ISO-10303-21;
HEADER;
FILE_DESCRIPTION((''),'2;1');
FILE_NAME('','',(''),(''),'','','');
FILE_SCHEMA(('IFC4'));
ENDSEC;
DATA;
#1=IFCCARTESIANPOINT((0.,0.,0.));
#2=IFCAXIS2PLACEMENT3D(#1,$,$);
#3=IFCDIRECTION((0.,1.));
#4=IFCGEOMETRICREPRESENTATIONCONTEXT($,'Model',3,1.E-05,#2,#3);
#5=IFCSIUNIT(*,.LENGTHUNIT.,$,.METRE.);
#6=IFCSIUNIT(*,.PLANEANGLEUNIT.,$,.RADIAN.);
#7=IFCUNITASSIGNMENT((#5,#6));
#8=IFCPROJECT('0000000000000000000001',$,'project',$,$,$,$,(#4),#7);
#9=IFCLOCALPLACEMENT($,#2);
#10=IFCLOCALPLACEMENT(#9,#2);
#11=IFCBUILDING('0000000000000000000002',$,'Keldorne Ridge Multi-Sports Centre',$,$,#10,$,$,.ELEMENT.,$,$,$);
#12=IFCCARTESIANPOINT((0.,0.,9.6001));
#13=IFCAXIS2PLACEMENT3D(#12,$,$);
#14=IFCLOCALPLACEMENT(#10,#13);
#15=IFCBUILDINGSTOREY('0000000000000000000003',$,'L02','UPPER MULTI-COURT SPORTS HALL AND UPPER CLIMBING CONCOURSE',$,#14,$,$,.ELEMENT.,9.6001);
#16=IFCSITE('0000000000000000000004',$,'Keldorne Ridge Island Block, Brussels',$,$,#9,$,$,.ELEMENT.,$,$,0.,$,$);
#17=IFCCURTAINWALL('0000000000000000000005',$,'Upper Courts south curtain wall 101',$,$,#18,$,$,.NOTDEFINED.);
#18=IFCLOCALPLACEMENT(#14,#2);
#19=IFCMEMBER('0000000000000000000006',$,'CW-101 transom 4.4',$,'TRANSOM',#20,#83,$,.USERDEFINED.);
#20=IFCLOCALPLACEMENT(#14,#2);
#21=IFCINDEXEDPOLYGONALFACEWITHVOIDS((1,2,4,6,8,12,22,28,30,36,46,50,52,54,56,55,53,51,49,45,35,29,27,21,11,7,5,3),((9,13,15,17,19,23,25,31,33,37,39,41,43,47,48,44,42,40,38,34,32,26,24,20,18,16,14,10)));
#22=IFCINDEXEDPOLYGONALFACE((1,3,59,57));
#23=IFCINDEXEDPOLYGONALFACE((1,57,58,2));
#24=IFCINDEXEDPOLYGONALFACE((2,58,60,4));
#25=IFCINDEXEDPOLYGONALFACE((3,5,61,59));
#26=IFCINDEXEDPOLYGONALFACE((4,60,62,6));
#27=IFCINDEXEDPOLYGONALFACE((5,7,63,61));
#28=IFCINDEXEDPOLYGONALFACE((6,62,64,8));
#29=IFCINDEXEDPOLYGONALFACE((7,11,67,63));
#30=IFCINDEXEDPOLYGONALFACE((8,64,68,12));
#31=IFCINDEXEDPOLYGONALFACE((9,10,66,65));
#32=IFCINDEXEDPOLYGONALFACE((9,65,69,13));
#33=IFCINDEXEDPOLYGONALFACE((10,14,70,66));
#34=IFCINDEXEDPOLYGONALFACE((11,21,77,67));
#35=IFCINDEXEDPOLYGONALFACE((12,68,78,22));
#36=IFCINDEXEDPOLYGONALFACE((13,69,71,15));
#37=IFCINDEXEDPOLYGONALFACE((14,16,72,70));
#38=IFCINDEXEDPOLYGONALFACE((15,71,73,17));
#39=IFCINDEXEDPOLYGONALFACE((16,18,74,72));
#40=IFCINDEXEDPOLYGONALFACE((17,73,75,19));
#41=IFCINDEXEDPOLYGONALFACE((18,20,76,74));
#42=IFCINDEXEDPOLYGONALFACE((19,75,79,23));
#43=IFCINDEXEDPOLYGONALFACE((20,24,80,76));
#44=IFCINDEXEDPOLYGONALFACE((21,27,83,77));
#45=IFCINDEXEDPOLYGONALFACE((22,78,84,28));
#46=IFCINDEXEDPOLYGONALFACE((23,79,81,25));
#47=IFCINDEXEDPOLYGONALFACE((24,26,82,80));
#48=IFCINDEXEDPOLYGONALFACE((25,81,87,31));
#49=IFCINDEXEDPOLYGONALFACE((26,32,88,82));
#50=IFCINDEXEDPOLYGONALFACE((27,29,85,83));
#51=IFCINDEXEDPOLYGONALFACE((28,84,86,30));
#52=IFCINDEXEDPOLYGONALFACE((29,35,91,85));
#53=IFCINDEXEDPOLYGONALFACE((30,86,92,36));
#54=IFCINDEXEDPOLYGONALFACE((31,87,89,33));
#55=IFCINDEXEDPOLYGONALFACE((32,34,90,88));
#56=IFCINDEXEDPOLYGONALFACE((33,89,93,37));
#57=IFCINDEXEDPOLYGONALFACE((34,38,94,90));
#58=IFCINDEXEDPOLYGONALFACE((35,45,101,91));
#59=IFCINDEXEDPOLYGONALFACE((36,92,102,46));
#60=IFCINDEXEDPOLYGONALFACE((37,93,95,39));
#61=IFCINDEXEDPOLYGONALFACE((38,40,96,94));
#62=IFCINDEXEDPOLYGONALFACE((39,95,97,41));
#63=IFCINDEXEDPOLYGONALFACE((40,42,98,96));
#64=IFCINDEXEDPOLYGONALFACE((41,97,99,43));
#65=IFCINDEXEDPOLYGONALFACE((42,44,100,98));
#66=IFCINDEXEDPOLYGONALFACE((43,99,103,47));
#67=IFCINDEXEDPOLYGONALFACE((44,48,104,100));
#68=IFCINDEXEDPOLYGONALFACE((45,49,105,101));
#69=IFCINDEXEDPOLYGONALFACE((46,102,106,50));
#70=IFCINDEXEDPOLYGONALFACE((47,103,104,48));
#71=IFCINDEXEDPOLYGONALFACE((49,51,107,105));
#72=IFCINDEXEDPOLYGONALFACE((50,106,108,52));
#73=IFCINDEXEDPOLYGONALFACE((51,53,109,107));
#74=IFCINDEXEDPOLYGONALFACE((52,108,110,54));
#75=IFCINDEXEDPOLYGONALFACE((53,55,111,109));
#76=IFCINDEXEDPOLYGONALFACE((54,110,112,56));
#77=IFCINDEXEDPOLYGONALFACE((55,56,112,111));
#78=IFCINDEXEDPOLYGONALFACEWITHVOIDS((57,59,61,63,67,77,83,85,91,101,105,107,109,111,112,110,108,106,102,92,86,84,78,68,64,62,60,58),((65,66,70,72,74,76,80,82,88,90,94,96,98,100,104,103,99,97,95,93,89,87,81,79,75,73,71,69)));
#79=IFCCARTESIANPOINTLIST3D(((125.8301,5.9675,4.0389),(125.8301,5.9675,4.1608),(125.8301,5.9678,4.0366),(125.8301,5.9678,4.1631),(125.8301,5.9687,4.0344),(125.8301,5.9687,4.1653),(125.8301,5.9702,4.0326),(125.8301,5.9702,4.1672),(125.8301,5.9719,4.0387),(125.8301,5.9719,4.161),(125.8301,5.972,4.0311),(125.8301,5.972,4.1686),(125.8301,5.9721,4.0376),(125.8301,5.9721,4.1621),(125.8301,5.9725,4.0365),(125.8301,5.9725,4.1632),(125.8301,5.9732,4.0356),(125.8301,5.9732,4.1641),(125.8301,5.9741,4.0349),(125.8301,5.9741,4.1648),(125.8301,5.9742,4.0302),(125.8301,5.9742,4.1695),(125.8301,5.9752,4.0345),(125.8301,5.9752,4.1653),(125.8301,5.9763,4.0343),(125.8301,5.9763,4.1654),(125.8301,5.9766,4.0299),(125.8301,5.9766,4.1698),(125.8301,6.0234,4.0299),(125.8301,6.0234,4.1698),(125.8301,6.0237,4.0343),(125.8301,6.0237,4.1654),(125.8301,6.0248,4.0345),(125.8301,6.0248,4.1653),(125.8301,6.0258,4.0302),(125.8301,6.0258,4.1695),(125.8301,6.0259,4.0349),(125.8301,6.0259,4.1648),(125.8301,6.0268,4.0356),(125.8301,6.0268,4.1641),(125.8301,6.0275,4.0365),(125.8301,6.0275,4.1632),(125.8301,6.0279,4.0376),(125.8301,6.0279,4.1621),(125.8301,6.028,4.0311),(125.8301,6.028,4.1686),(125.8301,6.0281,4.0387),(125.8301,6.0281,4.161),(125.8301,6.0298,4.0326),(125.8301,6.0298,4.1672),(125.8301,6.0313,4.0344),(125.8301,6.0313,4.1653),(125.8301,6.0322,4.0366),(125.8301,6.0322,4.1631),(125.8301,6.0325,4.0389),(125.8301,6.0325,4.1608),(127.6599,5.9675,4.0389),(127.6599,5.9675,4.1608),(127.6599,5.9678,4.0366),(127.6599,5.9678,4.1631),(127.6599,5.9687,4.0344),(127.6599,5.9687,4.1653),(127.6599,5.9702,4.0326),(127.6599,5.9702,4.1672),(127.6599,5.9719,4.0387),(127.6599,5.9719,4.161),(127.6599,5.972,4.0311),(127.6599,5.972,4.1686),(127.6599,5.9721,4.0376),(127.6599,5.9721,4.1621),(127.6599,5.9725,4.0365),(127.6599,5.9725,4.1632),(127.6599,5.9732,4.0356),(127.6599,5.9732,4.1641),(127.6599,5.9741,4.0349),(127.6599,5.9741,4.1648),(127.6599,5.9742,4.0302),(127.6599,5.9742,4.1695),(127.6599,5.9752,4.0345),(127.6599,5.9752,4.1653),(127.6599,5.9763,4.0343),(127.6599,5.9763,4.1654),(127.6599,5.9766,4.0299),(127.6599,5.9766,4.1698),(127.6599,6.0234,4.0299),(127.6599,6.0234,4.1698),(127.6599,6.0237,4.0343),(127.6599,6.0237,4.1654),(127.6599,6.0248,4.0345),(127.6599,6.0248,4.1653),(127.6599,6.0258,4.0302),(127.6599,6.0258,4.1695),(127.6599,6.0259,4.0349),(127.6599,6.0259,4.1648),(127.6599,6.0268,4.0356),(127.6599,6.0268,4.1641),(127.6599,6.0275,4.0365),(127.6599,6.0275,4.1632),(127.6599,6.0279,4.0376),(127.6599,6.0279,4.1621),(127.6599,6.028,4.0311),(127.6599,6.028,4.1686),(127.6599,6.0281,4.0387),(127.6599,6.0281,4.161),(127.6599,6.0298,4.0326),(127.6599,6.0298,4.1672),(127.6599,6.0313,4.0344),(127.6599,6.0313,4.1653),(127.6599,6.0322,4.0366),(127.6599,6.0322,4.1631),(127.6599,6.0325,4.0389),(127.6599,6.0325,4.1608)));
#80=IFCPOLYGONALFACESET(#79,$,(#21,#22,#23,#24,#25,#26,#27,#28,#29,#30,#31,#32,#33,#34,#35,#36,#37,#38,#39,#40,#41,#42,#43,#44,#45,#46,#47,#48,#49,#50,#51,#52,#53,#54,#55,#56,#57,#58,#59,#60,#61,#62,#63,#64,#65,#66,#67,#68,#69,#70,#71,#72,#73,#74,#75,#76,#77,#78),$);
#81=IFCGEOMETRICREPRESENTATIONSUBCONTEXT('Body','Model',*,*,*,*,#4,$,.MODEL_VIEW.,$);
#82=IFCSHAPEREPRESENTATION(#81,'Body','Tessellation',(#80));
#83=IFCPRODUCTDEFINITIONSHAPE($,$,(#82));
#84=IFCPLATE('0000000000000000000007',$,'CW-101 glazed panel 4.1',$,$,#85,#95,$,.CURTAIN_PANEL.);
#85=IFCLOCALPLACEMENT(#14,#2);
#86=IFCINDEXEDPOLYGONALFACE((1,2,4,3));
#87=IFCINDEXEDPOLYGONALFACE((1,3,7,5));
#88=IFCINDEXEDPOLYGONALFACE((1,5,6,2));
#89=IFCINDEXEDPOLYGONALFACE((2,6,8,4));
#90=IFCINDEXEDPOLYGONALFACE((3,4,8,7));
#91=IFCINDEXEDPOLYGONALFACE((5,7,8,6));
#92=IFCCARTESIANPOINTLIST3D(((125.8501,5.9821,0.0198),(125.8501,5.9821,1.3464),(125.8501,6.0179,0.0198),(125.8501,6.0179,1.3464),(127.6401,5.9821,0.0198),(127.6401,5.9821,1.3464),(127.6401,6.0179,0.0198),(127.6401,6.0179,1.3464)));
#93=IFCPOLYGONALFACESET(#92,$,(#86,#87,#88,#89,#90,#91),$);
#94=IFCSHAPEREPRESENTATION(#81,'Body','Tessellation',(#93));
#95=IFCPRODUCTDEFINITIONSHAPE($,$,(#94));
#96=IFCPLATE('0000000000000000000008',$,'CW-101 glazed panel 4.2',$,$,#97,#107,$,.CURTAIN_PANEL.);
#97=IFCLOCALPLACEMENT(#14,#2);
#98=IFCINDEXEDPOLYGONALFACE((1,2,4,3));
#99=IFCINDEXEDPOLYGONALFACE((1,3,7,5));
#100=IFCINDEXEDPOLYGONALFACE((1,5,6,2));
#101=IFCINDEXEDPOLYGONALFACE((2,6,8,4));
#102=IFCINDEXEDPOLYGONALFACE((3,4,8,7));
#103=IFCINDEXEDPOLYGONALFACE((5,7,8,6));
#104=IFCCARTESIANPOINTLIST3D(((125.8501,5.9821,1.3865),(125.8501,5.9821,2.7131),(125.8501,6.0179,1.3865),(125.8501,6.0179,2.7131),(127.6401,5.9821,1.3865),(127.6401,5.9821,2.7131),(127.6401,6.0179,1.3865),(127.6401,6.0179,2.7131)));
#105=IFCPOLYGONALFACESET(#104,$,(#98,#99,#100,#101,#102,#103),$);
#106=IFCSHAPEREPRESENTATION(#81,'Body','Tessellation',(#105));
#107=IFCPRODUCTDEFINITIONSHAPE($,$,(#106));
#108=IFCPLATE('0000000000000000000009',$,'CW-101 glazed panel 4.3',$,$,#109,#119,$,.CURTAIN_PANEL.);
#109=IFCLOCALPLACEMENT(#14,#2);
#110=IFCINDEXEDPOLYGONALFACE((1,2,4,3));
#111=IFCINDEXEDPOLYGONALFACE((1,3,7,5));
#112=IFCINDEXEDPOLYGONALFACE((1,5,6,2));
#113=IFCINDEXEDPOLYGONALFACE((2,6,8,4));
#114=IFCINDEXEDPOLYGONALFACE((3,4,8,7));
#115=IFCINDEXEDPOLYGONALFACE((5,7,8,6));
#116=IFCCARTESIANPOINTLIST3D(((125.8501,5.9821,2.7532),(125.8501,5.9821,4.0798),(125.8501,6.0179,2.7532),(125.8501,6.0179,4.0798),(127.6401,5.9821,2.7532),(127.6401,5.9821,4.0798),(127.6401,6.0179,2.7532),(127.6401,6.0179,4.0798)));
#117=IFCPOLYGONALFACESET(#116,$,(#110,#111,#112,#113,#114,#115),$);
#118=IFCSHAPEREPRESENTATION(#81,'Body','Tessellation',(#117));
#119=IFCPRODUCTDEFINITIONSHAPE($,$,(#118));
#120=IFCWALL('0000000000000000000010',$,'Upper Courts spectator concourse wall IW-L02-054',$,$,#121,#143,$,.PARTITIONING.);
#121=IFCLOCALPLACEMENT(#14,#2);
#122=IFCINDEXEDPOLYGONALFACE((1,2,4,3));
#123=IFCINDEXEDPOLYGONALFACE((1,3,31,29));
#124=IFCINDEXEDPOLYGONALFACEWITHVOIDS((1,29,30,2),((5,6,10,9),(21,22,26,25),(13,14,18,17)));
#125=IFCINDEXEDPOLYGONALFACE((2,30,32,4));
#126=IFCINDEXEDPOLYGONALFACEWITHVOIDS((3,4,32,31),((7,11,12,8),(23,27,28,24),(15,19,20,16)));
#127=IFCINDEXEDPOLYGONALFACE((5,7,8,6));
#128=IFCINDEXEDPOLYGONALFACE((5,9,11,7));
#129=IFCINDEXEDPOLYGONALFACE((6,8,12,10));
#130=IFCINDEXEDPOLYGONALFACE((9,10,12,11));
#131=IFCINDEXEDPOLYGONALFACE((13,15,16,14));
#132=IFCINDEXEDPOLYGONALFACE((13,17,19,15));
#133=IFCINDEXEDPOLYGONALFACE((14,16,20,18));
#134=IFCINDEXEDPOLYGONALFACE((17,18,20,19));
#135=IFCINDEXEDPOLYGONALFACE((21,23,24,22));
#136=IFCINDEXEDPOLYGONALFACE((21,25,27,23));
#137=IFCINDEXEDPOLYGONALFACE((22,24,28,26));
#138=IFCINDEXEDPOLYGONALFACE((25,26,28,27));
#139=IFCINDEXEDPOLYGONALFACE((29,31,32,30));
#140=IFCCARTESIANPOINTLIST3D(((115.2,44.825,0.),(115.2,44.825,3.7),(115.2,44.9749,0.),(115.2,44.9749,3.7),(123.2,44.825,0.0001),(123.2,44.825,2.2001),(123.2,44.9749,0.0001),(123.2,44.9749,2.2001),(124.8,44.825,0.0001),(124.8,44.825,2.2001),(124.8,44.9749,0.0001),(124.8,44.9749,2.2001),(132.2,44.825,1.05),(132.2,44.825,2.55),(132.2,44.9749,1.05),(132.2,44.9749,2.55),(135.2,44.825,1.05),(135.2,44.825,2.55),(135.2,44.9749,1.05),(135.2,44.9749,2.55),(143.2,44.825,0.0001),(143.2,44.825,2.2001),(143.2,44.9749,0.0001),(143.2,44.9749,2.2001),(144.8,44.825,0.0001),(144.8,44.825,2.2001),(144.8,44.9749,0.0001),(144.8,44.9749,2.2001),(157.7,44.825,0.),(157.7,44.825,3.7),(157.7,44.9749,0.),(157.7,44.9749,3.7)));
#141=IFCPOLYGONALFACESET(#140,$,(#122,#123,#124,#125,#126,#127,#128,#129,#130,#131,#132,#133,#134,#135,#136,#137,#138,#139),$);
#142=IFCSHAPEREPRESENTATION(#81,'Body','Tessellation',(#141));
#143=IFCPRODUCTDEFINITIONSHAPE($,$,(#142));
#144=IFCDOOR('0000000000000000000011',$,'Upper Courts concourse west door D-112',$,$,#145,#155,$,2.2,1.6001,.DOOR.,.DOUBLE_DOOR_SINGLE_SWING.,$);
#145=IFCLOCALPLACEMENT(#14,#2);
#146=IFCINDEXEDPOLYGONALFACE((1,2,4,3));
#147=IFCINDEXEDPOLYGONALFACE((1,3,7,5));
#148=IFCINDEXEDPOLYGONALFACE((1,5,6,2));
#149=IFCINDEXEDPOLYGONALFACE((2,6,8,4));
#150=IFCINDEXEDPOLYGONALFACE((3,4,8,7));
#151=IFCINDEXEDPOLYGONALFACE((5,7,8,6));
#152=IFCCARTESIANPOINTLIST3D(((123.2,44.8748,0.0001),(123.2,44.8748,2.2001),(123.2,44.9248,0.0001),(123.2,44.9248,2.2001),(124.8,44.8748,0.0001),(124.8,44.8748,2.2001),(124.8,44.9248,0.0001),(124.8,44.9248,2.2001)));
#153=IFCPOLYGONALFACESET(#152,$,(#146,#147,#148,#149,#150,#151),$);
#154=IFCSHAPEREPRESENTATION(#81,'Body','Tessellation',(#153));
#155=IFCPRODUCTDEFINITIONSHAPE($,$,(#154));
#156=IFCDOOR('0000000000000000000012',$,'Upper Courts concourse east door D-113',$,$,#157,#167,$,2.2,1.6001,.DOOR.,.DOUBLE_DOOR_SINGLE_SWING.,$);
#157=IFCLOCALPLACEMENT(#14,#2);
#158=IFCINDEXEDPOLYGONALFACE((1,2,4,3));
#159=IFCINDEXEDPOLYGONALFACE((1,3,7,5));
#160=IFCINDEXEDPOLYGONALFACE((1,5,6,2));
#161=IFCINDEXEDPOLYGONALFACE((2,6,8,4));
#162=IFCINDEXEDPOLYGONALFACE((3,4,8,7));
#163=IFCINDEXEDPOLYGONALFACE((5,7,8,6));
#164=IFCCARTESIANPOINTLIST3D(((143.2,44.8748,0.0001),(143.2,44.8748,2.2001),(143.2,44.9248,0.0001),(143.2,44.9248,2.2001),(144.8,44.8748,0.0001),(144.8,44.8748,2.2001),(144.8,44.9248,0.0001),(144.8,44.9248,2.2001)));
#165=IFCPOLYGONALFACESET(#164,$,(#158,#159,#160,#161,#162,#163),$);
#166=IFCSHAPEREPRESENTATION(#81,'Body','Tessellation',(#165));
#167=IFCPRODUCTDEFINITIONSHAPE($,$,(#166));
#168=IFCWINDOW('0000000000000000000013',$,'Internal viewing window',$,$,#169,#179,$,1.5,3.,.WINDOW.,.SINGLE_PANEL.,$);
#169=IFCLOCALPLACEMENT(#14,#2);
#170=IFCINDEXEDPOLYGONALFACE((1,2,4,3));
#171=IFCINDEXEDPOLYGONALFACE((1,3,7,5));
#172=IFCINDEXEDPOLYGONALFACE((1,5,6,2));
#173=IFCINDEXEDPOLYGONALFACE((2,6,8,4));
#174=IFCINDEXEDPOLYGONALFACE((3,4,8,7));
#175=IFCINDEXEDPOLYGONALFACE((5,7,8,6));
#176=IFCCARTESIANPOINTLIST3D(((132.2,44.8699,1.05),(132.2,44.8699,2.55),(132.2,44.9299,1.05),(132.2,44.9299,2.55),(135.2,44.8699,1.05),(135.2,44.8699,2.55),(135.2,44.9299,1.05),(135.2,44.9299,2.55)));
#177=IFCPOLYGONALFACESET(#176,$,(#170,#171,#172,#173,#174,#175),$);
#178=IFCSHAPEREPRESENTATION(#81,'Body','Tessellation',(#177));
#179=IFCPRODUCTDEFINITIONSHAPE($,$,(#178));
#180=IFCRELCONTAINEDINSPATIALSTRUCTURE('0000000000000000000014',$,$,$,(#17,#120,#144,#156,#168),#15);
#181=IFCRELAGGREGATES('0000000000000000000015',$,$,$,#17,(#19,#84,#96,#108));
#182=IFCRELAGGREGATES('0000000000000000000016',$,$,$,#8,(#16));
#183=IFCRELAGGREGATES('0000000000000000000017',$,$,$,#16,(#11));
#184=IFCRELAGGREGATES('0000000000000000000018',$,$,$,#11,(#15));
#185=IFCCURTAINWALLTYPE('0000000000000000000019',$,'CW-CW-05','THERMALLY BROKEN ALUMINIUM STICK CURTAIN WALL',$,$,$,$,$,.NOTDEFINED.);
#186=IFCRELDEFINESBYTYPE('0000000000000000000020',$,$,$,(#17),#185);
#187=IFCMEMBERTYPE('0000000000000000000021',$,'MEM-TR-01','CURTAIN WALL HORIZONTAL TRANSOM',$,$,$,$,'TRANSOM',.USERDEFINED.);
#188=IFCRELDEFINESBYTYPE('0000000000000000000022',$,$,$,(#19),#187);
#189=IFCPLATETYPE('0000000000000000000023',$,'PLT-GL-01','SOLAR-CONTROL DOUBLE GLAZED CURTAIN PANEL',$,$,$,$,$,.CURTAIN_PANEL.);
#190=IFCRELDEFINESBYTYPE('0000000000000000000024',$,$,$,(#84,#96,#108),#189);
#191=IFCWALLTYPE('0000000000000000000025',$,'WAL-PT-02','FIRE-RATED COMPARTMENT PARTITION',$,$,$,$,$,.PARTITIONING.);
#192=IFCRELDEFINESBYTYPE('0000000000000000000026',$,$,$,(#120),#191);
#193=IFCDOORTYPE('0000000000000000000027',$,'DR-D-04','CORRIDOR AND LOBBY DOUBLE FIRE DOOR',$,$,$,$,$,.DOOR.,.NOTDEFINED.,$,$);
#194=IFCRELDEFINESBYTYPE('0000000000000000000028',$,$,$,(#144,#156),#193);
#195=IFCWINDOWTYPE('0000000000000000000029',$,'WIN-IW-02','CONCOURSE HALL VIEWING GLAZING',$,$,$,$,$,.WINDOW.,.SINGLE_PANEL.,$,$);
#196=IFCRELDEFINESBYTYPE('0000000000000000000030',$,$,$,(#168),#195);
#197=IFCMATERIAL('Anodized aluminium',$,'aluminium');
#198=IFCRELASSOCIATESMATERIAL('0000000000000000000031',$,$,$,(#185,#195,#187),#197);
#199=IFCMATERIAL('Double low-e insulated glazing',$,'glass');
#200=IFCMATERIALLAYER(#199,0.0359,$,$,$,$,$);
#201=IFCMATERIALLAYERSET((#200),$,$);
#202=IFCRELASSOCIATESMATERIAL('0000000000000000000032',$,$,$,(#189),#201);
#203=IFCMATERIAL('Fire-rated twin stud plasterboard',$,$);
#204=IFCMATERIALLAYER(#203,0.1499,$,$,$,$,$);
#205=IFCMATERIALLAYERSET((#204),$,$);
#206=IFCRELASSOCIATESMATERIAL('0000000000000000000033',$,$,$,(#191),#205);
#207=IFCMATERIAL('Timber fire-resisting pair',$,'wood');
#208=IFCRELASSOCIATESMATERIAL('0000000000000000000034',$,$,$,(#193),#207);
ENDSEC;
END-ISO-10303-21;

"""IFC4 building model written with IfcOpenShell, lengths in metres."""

from ifc_helpers import new_model, si_unit, direction, frame, frame_2d, origin, origin_2d, place, context, subcontext, project, spatial, rectangle, hollow_rectangle, extrude, material, layer, layer_set, material_profile, profile_set, type_object, element, fill, aggregate, save


model = new_model("IFC4")

# Units and contexts
model_context = context("Model", 3, precision=1e-05, world=origin(), true_north=direction((0.0, 1.0)))
body_context = subcontext(model_context, "Body", "Model", "MODEL_VIEW")
ifc_project = project(units=[si_unit("LENGTHUNIT", "METRE"), si_unit("PLANEANGLEUNIT", "RADIAN")], contexts=[model_context])

# Site, building, storey
site_placement = place(None, origin())
site = spatial("IfcSite", under=ifc_project, at=site_placement, Name="Keldorne Ridge Island Block, Brussels", CompositionType="ELEMENT", RefElevation=0.0)
building_placement = place(site_placement, origin())
building = spatial("IfcBuilding", under=site, at=building_placement, Name="Keldorne Ridge Multi-Sports Centre", CompositionType="ELEMENT")
storey_placement = place(building_placement, frame((0.0, 0.0, 9.6001)))
storey = spatial("IfcBuildingStorey", under=building, at=storey_placement, Name="L02", Description="UPPER MULTI-COURT SPORTS HALL AND UPPER CLIMBING CONCOURSE", CompositionType="ELEMENT", Elevation=9.6001)

# Curtain wall, member, plates
ifc_material_1 = material(Name="Anodized aluminium", Category="aluminium")
curtain_wall_type = type_object("IfcCurtainWallType", Name="CW-CW-05", Description="THERMALLY BROKEN ALUMINIUM STICK CURTAIN WALL", PredefinedType="NOTDEFINED", material=ifc_material_1)
curtain_wall_placement = place(storey_placement, origin())
curtain_wall = element("IfcCurtainWall", 1, at=curtain_wall_placement, inside=storey, type_object=curtain_wall_type, Name="Upper Courts south curtain wall 101", PredefinedType="NOTDEFINED")
ifc_material_profile_1 = material_profile(ifc_material_1, hollow_rectangle(XDim=0.0649, YDim=0.1399, WallThickness=0.0044, InnerFilletRadius=0.0044, OuterFilletRadius=0.009, at=origin_2d()), Name="ALU TRANSOM 140x65x4.5")
ifc_profile_set_1 = profile_set([ifc_material_profile_1], Name="Anodized aluminium")
member_type_1 = type_object("IfcMemberType", Name="MEM-TR-01", Description="CURTAIN WALL HORIZONTAL TRANSOM", ElementType="TRANSOM", PredefinedType="USERDEFINED", material=ifc_profile_set_1)
member_1_placement = place(storey_placement, frame((125.8301, 6.0, 4.0999), z_axis=(1.0, 0.0, 0.0), x_axis=(0.0, 1.0, 0.0)))
member_1 = element("IfcMember", 2, at=member_1_placement, type_object=member_type_1, Name="CW-101 transom 4.4", ObjectType="TRANSOM", PredefinedType="USERDEFINED", context=body_context, shape_type="SweptSolid", body=[
    extrude(hollow_rectangle(XDim=0.0649, YDim=0.1399, WallThickness=0.0044, InnerFilletRadius=0.0044, OuterFilletRadius=0.009, at=origin_2d()), origin(), (0.0, 0.0, 1.0), 1.8298),
])
ifc_material_2 = material(Name="Double low-e insulated glazing", Category="glass")
ifc_layer_1 = layer(ifc_material_2, 0.0359)
ifc_layer_set_1 = layer_set([ifc_layer_1])
plate_type = type_object("IfcPlateType", Name="PLT-GL-01", Description="SOLAR-CONTROL DOUBLE GLAZED CURTAIN PANEL", PredefinedType="CURTAIN_PANEL", material=ifc_layer_set_1)
plate_1_placement = place(storey_placement, frame((126.7451, 6.0, 0.0198), z_axis=(0.0, 0.0, 1.0), x_axis=(1.0, 0.0, 0.0)))
plate_1 = element("IfcPlate", 3, at=plate_1_placement, type_object=plate_type, Name="CW-101 glazed panel 4.1", PredefinedType="CURTAIN_PANEL", context=body_context, shape_type="SweptSolid", body=[
    extrude(rectangle(XDim=1.79, YDim=0.0359, at=origin_2d()), origin(), (0.0, 0.0, 1.0), 1.3267),
])
plate_2_placement = place(storey_placement, frame((126.7451, 6.0, 1.3865), z_axis=(0.0, 0.0, 1.0), x_axis=(1.0, 0.0, 0.0)))
plate_2 = element("IfcPlate", 4, at=plate_2_placement, type_object=plate_type, Name="CW-101 glazed panel 4.2", PredefinedType="CURTAIN_PANEL", context=body_context, shape_type="SweptSolid", body=[
    extrude(rectangle(XDim=1.79, YDim=0.0359, at=origin_2d()), origin(), (0.0, 0.0, 1.0), 1.3267),
])
plate_3_placement = place(storey_placement, frame((126.7451, 6.0, 2.7532), z_axis=(0.0, 0.0, 1.0), x_axis=(1.0, 0.0, 0.0)))
plate_3 = element("IfcPlate", 5, at=plate_3_placement, type_object=plate_type, Name="CW-101 glazed panel 4.3", PredefinedType="CURTAIN_PANEL", context=body_context, shape_type="SweptSolid", body=[
    extrude(rectangle(XDim=1.79, YDim=0.0359, at=origin_2d()), origin(), (0.0, 0.0, 1.0), 1.3267),
])
aggregate(curtain_wall, [member_1, plate_1, plate_2, plate_3])

# Wall, openings, doors, window
ifc_material_3 = material(Name="Fire-rated twin stud plasterboard")
ifc_layer_2 = layer(ifc_material_3, 0.1499)
ifc_layer_set_2 = layer_set([ifc_layer_2])
wall_type = type_object("IfcWallType", Name="WAL-PT-02", Description="FIRE-RATED COMPARTMENT PARTITION", PredefinedType="PARTITIONING", material=ifc_layer_set_2)
wall_placement = place(storey_placement, frame((115.2, 44.8999, 0.0), z_axis=(0.0, 0.0, 1.0), x_axis=(1.0, 0.0, 0.0)))
wall = element("IfcWall", 6, at=wall_placement, inside=storey, type_object=wall_type, Name="Upper Courts spectator concourse wall IW-L02-054", PredefinedType="PARTITIONING", context=body_context, shape_type="SweptSolid", body=[
    extrude(rectangle(XDim=42.5, YDim=0.1499, at=frame_2d((21.25, 0.0))), origin(), (0.0, 0.0, 1.0), 3.7),
])
opening_1_placement = place(wall_placement, frame((8.0, 0.0, 0.0)))
opening_1 = element("IfcOpeningElement", 7, at=opening_1_placement, cuts=wall, PredefinedType="OPENING", context=body_context, shape_type="SweptSolid", body=[
    extrude(rectangle(XDim=1.6001, YDim=2.2, at=frame_2d((0.8, 1.1001))), frame((0.0, 0.085, 0.0), z_axis=(0.0, -1.0, 0.0), x_axis=(1.0, 0.0, 0.0)), (0.0, 0.0, 1.0), 0.1699),
])
opening_2_placement = place(wall_placement, frame((28.0, 0.0, 0.0)))
opening_2 = element("IfcOpeningElement", 8, at=opening_2_placement, cuts=wall, PredefinedType="OPENING", context=body_context, shape_type="SweptSolid", body=[
    extrude(rectangle(XDim=1.6001, YDim=2.2, at=frame_2d((0.8, 1.1001))), frame((0.0, 0.085, 0.0), z_axis=(0.0, -1.0, 0.0), x_axis=(1.0, 0.0, 0.0)), (0.0, 0.0, 1.0), 0.1699),
])
opening_3_placement = place(wall_placement, frame((17.0, 0.0, 1.05)))
opening_3 = element("IfcOpeningElement", 9, at=opening_3_placement, cuts=wall, PredefinedType="OPENING", context=body_context, shape_type="SweptSolid", body=[
    extrude(rectangle(XDim=3.0, YDim=1.5, at=frame_2d((1.5, 0.75))), frame((0.0, 0.085, 0.0), z_axis=(0.0, -1.0, 0.0), x_axis=(1.0, 0.0, 0.0)), (0.0, 0.0, 1.0), 0.1699),
])
ifc_material_4 = material(Name="Timber fire-resisting pair", Category="wood")
door_type = type_object("IfcDoorType", Name="DR-D-04", Description="CORRIDOR AND LOBBY DOUBLE FIRE DOOR", OperationType="NOTDEFINED", PredefinedType="DOOR", material=ifc_material_4)
door_1_placement = place(opening_1_placement, origin())
door_1 = element("IfcDoor", 10, at=door_1_placement, inside=storey, type_object=door_type, Name="Upper Courts concourse west door D-112", OperationType="DOUBLE_DOOR_SINGLE_SWING", OverallHeight=2.2, OverallWidth=1.6001, PredefinedType="DOOR", context=body_context, shape_type="SweptSolid", body=[
    extrude(rectangle(XDim=1.6001, YDim=2.2, at=frame_2d((0.8, 1.1001))), frame((0.0, 0.0249, 0.0), z_axis=(0.0, -1.0, 0.0), x_axis=(1.0, 0.0, 0.0)), (0.0, 0.0, 1.0), 0.05),
])
fill(opening_1, door_1)
door_2_placement = place(opening_2_placement, origin())
door_2 = element("IfcDoor", 11, at=door_2_placement, inside=storey, type_object=door_type, Name="Upper Courts concourse east door D-113", OperationType="DOUBLE_DOOR_SINGLE_SWING", OverallHeight=2.2, OverallWidth=1.6001, PredefinedType="DOOR", context=body_context, shape_type="SweptSolid", body=[
    extrude(rectangle(XDim=1.6001, YDim=2.2, at=frame_2d((0.8, 1.1001))), frame((0.0, 0.0249, 0.0), z_axis=(0.0, -1.0, 0.0), x_axis=(1.0, 0.0, 0.0)), (0.0, 0.0, 1.0), 0.05),
])
fill(opening_2, door_2)
window_type = type_object("IfcWindowType", Name="WIN-IW-02", Description="CONCOURSE HALL VIEWING GLAZING", PartitioningType="SINGLE_PANEL", PredefinedType="WINDOW", material=ifc_material_1)
window_placement = place(opening_3_placement, origin())
window = element("IfcWindow", 12, at=window_placement, inside=storey, type_object=window_type, Name="Internal viewing window", OverallHeight=1.5, OverallWidth=3.0, PartitioningType="SINGLE_PANEL", PredefinedType="WINDOW", context=body_context, shape_type="SweptSolid", body=[
    extrude(rectangle(XDim=3.0, YDim=1.5, at=frame_2d((1.5, 0.75))), frame((0.0, 0.03, 0.0), z_axis=(0.0, -1.0, 0.0), x_axis=(1.0, 0.0, 0.0)), (0.0, 0.0, 1.0), 0.0601),
])
fill(opening_3, window)

save(model, "model.ifc")
